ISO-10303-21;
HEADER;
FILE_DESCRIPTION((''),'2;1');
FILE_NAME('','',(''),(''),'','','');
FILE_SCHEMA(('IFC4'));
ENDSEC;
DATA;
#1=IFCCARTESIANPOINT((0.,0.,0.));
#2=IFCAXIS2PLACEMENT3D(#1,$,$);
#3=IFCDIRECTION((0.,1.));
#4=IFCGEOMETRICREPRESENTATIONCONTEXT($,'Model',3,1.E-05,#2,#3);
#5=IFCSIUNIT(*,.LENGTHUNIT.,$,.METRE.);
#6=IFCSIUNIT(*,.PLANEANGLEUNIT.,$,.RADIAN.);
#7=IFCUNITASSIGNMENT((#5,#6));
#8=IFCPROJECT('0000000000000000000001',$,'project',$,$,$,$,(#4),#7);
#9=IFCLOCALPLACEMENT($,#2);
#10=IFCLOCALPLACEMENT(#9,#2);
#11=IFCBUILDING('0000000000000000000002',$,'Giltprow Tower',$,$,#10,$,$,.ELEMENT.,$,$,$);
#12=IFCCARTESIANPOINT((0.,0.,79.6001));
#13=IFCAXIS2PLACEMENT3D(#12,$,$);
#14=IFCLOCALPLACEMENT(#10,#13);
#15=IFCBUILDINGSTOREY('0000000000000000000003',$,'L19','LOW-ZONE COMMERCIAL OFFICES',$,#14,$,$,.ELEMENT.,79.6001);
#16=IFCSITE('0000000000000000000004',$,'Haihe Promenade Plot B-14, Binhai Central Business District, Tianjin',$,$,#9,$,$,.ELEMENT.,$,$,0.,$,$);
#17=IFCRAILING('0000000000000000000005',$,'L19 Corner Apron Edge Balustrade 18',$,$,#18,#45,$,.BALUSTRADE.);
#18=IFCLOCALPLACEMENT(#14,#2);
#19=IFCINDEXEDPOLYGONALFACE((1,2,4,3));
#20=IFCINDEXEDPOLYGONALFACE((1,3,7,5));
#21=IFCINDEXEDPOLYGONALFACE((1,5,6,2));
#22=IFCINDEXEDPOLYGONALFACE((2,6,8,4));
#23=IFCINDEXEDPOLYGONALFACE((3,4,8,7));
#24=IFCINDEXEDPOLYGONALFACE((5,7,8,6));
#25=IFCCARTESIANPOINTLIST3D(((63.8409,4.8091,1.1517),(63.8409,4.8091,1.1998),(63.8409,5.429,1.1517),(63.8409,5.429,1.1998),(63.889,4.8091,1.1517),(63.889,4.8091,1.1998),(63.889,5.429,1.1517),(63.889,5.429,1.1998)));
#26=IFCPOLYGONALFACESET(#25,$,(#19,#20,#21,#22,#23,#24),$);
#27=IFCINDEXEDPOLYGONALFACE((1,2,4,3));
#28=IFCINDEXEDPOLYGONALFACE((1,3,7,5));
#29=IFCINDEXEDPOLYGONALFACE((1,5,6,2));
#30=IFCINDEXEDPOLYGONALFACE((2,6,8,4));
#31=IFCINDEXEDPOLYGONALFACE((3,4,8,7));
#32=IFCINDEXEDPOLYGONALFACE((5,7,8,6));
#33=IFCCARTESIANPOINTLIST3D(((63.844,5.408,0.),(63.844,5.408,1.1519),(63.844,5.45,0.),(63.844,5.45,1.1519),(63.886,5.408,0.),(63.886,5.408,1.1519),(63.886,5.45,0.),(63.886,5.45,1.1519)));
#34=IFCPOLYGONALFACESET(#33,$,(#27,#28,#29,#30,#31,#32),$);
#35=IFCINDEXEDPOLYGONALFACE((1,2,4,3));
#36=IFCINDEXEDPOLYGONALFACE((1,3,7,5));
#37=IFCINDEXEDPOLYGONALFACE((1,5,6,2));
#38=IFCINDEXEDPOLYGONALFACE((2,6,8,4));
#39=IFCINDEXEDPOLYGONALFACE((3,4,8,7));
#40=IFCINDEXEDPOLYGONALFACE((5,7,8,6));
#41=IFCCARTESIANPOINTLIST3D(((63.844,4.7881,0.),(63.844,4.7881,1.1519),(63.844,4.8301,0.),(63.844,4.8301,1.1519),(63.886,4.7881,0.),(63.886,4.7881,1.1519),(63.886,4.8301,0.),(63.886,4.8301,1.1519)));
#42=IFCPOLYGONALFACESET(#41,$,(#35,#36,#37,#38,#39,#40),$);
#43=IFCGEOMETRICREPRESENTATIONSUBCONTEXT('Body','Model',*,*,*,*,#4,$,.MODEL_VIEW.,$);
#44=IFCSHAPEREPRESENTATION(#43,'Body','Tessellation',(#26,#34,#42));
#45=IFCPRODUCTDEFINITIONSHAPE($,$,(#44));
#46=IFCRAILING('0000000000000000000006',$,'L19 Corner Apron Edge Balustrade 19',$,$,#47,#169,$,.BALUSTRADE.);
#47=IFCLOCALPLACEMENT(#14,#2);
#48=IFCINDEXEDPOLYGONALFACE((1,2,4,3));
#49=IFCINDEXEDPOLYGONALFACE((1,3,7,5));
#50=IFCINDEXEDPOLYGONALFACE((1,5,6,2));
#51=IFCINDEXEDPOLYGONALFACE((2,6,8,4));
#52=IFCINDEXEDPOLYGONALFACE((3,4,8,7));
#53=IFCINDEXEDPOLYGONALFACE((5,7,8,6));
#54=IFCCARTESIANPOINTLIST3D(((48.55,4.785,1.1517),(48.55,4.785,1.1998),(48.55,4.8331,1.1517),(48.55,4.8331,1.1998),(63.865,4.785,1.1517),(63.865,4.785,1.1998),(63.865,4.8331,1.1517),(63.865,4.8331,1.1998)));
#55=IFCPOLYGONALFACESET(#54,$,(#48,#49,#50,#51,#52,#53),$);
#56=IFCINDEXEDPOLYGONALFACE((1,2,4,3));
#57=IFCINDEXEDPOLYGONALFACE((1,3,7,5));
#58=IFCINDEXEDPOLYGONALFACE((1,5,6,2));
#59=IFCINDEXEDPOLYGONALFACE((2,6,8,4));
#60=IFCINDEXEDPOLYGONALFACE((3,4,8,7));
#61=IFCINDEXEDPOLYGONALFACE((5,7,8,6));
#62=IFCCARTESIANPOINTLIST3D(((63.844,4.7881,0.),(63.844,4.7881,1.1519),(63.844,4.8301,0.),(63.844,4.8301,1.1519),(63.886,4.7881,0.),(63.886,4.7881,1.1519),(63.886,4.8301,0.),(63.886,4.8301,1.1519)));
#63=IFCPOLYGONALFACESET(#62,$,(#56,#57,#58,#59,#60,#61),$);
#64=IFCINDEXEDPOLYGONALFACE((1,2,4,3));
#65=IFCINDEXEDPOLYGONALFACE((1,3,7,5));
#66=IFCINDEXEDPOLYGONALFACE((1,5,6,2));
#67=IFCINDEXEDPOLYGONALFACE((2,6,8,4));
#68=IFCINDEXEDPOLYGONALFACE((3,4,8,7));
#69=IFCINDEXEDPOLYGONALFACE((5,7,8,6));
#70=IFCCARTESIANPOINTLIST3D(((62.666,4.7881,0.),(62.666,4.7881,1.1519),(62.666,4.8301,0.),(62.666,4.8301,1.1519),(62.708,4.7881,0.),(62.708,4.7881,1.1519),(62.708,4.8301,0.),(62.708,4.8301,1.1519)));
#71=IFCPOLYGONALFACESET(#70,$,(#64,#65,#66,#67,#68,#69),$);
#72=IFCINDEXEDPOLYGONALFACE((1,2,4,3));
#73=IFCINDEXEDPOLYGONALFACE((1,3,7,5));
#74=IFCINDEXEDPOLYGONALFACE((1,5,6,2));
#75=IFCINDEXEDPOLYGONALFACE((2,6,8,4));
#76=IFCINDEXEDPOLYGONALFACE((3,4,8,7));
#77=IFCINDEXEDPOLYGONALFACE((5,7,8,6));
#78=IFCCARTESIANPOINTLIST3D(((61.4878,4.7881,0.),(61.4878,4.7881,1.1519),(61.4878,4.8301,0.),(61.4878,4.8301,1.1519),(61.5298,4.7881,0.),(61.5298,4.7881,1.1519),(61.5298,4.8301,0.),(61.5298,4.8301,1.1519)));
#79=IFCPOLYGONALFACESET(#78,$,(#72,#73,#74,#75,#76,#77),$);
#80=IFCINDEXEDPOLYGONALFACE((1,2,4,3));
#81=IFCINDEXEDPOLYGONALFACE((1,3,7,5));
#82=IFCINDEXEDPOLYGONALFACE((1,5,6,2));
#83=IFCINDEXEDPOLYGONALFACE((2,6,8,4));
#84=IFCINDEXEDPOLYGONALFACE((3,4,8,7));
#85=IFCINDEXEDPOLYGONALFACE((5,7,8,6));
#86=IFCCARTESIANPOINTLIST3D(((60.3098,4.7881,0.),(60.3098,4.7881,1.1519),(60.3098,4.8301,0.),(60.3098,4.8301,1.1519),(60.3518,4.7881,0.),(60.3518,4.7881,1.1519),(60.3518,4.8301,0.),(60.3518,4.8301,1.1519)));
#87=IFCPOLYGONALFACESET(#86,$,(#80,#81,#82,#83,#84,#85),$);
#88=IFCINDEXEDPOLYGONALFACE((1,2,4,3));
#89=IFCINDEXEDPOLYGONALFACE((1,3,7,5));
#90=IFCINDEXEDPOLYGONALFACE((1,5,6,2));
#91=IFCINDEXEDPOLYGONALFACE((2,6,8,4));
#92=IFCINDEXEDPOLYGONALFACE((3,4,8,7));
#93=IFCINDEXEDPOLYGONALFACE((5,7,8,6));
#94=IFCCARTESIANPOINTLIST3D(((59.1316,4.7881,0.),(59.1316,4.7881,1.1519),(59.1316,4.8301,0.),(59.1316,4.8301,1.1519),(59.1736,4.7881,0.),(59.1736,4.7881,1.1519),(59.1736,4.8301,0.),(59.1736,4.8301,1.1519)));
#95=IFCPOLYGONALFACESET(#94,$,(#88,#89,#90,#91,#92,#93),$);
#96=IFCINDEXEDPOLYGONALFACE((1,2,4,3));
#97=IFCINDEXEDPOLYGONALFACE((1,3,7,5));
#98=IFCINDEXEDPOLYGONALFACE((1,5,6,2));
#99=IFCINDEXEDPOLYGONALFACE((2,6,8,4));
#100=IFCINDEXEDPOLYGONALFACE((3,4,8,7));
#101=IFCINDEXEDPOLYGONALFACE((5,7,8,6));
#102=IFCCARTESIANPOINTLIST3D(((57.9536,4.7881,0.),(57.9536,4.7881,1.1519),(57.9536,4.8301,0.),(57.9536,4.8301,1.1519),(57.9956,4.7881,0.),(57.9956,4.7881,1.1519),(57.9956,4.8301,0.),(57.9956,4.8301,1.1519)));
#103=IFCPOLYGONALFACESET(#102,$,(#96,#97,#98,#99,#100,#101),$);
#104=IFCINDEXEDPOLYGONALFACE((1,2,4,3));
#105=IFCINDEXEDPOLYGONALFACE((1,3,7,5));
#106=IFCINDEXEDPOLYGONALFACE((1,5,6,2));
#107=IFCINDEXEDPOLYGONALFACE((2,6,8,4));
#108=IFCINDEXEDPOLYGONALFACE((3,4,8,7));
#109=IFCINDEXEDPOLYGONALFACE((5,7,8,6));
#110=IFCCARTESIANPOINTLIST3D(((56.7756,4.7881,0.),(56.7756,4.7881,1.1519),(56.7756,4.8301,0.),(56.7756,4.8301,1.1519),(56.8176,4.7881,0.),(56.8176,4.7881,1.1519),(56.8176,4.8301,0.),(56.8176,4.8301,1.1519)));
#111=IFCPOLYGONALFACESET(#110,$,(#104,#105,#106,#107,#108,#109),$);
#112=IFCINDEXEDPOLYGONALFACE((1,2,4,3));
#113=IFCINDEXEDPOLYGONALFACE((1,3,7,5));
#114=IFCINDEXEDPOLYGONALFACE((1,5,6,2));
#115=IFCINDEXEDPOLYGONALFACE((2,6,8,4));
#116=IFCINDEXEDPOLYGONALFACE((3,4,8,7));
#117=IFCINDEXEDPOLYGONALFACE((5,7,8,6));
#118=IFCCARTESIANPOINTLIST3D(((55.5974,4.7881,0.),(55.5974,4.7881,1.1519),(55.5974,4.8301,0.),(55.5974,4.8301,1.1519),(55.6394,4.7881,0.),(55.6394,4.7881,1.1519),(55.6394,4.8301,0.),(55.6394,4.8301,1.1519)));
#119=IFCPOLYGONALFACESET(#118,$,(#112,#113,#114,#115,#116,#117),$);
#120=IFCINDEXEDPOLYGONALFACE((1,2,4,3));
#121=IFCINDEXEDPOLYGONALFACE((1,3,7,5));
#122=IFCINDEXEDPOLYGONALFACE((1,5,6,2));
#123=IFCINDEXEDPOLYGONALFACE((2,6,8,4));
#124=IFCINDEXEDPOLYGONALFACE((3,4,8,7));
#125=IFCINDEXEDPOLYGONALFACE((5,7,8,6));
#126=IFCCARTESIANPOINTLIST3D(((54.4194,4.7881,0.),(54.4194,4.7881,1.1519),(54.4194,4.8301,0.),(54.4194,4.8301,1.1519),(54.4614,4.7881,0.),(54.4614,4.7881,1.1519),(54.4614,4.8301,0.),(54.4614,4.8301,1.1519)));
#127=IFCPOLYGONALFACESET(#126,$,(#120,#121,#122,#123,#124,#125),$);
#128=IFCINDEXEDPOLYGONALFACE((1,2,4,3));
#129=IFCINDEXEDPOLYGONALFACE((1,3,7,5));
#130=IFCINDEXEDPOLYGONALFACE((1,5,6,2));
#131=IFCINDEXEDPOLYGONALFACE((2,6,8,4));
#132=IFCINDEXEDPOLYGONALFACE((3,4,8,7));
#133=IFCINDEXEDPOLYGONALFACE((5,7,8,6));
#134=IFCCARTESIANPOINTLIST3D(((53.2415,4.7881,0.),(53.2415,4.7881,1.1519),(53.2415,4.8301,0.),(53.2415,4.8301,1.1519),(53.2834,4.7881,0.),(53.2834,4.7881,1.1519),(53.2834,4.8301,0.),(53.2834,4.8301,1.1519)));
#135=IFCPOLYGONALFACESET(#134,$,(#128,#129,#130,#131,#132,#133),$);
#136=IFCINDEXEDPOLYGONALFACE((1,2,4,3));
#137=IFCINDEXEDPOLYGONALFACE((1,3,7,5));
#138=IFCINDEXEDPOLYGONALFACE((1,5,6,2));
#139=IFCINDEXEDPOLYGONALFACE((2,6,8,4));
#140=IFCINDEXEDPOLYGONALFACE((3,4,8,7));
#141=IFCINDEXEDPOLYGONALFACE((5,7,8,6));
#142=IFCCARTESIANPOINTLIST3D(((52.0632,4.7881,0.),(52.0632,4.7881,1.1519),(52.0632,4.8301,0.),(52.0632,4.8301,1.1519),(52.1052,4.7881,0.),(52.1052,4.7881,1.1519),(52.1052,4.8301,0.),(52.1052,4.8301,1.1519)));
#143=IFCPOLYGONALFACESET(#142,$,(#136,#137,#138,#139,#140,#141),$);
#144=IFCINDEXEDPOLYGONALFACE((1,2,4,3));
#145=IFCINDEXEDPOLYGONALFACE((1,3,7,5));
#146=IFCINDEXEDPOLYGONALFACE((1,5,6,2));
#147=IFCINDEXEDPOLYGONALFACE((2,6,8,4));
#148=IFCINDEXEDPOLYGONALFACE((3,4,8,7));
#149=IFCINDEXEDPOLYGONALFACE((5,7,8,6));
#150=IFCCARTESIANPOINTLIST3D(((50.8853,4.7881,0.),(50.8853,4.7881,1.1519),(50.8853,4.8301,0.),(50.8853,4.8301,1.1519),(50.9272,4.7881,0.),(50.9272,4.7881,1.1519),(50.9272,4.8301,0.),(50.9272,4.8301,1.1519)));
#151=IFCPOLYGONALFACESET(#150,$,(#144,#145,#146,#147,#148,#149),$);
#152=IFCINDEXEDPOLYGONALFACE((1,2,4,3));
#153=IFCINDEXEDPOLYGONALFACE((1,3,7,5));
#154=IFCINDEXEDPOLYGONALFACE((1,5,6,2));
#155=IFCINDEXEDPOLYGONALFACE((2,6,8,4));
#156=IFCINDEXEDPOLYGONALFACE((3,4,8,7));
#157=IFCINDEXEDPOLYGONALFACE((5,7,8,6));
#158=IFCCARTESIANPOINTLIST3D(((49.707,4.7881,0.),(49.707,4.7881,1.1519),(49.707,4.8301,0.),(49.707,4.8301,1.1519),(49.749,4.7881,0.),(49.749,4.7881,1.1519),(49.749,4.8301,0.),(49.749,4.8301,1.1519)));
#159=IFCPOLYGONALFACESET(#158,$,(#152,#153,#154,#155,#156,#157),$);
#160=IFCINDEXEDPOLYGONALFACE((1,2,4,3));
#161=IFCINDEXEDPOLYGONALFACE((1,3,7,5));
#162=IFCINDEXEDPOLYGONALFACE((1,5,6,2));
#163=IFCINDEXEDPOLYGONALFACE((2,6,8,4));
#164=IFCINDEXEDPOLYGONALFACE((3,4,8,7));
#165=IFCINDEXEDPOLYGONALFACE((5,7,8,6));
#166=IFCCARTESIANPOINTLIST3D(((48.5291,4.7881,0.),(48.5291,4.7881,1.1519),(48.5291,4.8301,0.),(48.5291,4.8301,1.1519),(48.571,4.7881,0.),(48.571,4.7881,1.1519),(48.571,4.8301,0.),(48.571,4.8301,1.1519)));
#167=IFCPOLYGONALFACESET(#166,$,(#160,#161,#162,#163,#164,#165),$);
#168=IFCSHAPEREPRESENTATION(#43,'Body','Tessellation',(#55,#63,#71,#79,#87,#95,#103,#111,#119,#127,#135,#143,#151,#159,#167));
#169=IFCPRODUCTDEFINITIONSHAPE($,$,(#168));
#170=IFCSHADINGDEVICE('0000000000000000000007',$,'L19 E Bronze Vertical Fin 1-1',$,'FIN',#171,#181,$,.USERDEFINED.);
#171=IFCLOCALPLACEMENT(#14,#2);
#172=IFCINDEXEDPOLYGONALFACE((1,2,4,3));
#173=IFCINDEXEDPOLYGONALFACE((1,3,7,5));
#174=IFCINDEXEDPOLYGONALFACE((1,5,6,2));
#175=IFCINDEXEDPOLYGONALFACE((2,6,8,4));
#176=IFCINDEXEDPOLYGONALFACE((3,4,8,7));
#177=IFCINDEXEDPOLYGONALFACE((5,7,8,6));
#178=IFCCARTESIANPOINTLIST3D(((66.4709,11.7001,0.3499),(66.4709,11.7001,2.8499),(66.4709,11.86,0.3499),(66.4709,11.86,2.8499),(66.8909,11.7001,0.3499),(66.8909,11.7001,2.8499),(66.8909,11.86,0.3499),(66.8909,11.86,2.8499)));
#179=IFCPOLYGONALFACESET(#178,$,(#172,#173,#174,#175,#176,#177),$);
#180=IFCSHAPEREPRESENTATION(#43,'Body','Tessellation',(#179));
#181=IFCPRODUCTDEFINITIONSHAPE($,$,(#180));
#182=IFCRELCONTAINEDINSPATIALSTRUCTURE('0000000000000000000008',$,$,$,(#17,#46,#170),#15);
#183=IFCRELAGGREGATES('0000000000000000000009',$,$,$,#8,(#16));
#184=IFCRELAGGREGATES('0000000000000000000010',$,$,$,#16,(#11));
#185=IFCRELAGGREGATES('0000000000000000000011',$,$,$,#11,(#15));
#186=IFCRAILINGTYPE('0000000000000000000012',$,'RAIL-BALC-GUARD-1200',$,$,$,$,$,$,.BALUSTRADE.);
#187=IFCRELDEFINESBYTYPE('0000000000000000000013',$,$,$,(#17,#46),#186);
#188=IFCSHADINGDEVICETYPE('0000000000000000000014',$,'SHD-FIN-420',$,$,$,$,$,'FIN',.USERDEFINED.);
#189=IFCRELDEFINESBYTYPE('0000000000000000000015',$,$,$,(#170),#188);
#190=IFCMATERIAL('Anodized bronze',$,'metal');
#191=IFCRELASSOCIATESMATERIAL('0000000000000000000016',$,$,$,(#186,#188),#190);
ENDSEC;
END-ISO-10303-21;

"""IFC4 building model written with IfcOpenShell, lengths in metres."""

from ifc_helpers import new_model, si_unit, direction, frame, origin, origin_2d, place, context, subcontext, project, spatial, rectangle, extrude, source, transform, mapped, material, type_object, element, save


model = new_model("IFC4")

# Units and contexts
model_context = context("Model", 3, precision=1e-05, world=origin(), true_north=direction((0.0, 1.0)))
body_context = subcontext(model_context, "Body", "Model", "MODEL_VIEW")
ifc_project = project(units=[si_unit("LENGTHUNIT", "METRE"), si_unit("PLANEANGLEUNIT", "RADIAN")], contexts=[model_context])

# Site, building, storey
site_placement = place(None, origin())
site = spatial("IfcSite", under=ifc_project, at=site_placement, Name="Haihe Promenade Plot B-14, Binhai Central Business District, Tianjin", CompositionType="ELEMENT", RefElevation=0.0)
building_placement = place(site_placement, origin())
building = spatial("IfcBuilding", under=site, at=building_placement, Name="Giltprow Tower", CompositionType="ELEMENT")
storey_placement = place(building_placement, frame((0.0, 0.0, 79.6001)))
storey = spatial("IfcBuildingStorey", under=building, at=storey_placement, Name="L19", Description="LOW-ZONE COMMERCIAL OFFICES", CompositionType="ELEMENT", Elevation=79.6001)

# Shared definitions
ifc_material_1 = material(Name="Anodized bronze", Category="metal")

# Railings
railing_type = type_object("IfcRailingType", Name="RAIL-BALC-GUARD-1200", PredefinedType="BALUSTRADE", material=ifc_material_1)
railing_1_placement = place(storey_placement, frame((63.865, 5.429, 0.0)))
element("IfcRailing", 1, at=railing_1_placement, inside=storey, type_object=railing_type, Name="L19 Corner Apron Edge Balustrade 18", PredefinedType="BALUSTRADE", context=body_context, shape_type="SweptSolid", body=[
    extrude(rectangle(XDim=0.0481, YDim=0.0481, at=origin_2d()), frame((0.0, 0.0, 1.1758), z_axis=(0.0, -1.0, 0.0), x_axis=(1.0, 0.0, 0.0)), (0.0, 0.0, 1.0), 0.6199),
    extrude(rectangle(XDim=0.042, YDim=0.042, at=origin_2d()), origin(), (0.0, 0.0, 1.0), 1.1519),
    extrude(rectangle(XDim=0.042, YDim=0.042, at=origin_2d()), frame((0.0, -0.6199, 0.0)), (0.0, 0.0, 1.0), 1.1519),
])
railing_2_placement = place(storey_placement, frame((63.865, 4.8091, 0.0)))
element("IfcRailing", 2, at=railing_2_placement, inside=storey, type_object=railing_type, Name="L19 Corner Apron Edge Balustrade 19", PredefinedType="BALUSTRADE", context=body_context, shape_type="SweptSolid", body=[
    extrude(rectangle(XDim=0.0481, YDim=0.0481, at=origin_2d()), frame((0.0, 0.0, 1.1758), z_axis=(-1.0, 0.0, 0.0), x_axis=(0.0, -1.0, 0.0)), (0.0, 0.0, 1.0), 15.3149),
    extrude(rectangle(XDim=0.042, YDim=0.042, at=origin_2d()), origin(), (0.0, 0.0, 1.0), 1.1519),
    extrude(rectangle(XDim=0.042, YDim=0.042, at=origin_2d()), frame((-1.178, 0.0, 0.0)), (0.0, 0.0, 1.0), 1.1519),
    extrude(rectangle(XDim=0.042, YDim=0.042, at=origin_2d()), frame((-2.3562, 0.0, 0.0)), (0.0, 0.0, 1.0), 1.1519),
    extrude(rectangle(XDim=0.042, YDim=0.042, at=origin_2d()), frame((-3.5342, 0.0, 0.0)), (0.0, 0.0, 1.0), 1.1519),
    extrude(rectangle(XDim=0.042, YDim=0.042, at=origin_2d()), frame((-4.7124, 0.0, 0.0)), (0.0, 0.0, 1.0), 1.1519),
    extrude(rectangle(XDim=0.042, YDim=0.042, at=origin_2d()), frame((-5.8904, 0.0, 0.0)), (0.0, 0.0, 1.0), 1.1519),
    extrude(rectangle(XDim=0.042, YDim=0.042, at=origin_2d()), frame((-7.0684, 0.0, 0.0)), (0.0, 0.0, 1.0), 1.1519),
    extrude(rectangle(XDim=0.042, YDim=0.042, at=origin_2d()), frame((-8.2466, 0.0, 0.0)), (0.0, 0.0, 1.0), 1.1519),
    extrude(rectangle(XDim=0.042, YDim=0.042, at=origin_2d()), frame((-9.4246, 0.0, 0.0)), (0.0, 0.0, 1.0), 1.1519),
    extrude(rectangle(XDim=0.042, YDim=0.042, at=origin_2d()), frame((-10.6025, 0.0, 0.0)), (0.0, 0.0, 1.0), 1.1519),
    extrude(rectangle(XDim=0.042, YDim=0.042, at=origin_2d()), frame((-11.7808, 0.0, 0.0)), (0.0, 0.0, 1.0), 1.1519),
    extrude(rectangle(XDim=0.042, YDim=0.042, at=origin_2d()), frame((-12.9587, 0.0, 0.0)), (0.0, 0.0, 1.0), 1.1519),
    extrude(rectangle(XDim=0.042, YDim=0.042, at=origin_2d()), frame((-14.137, 0.0, 0.0)), (0.0, 0.0, 1.0), 1.1519),
    extrude(rectangle(XDim=0.042, YDim=0.042, at=origin_2d()), frame((-15.3149, 0.0, 0.0)), (0.0, 0.0, 1.0), 1.1519),
])

# Shading device
shading_device_type = type_object("IfcShadingDeviceType", Name="SHD-FIN-420", ElementType="FIN", PredefinedType="USERDEFINED", material=ifc_material_1)
shared_shape_1 = source(origin(), body_context, "Body", "SweptSolid", [
    extrude(rectangle(XDim=0.4199, YDim=0.1599, at=origin_2d()), origin(), (0.0, 0.0, 1.0), 2.5),
])
shading_device_placement = place(storey_placement, frame((66.6809, 11.78, 0.3499), z_axis=(0.0, 0.0, 1.0), x_axis=(1.0, 0.0, 0.0)))
element("IfcShadingDevice", 3, at=shading_device_placement, inside=storey, type_object=shading_device_type, Name="L19 E Bronze Vertical Fin 1-1", ObjectType="FIN", PredefinedType="USERDEFINED", context=body_context, shape_type="MappedRepresentation", body=[
    mapped(shared_shape_1, transform((0.0, 0.0, 0.0), x_axis=(1.0, 0.0, 0.0), y_axis=(0.0, 1.0, 0.0), z_axis=(0.0, 0.0, 1.0), scale=1.0)),
])

save(model, "model.ifc")
